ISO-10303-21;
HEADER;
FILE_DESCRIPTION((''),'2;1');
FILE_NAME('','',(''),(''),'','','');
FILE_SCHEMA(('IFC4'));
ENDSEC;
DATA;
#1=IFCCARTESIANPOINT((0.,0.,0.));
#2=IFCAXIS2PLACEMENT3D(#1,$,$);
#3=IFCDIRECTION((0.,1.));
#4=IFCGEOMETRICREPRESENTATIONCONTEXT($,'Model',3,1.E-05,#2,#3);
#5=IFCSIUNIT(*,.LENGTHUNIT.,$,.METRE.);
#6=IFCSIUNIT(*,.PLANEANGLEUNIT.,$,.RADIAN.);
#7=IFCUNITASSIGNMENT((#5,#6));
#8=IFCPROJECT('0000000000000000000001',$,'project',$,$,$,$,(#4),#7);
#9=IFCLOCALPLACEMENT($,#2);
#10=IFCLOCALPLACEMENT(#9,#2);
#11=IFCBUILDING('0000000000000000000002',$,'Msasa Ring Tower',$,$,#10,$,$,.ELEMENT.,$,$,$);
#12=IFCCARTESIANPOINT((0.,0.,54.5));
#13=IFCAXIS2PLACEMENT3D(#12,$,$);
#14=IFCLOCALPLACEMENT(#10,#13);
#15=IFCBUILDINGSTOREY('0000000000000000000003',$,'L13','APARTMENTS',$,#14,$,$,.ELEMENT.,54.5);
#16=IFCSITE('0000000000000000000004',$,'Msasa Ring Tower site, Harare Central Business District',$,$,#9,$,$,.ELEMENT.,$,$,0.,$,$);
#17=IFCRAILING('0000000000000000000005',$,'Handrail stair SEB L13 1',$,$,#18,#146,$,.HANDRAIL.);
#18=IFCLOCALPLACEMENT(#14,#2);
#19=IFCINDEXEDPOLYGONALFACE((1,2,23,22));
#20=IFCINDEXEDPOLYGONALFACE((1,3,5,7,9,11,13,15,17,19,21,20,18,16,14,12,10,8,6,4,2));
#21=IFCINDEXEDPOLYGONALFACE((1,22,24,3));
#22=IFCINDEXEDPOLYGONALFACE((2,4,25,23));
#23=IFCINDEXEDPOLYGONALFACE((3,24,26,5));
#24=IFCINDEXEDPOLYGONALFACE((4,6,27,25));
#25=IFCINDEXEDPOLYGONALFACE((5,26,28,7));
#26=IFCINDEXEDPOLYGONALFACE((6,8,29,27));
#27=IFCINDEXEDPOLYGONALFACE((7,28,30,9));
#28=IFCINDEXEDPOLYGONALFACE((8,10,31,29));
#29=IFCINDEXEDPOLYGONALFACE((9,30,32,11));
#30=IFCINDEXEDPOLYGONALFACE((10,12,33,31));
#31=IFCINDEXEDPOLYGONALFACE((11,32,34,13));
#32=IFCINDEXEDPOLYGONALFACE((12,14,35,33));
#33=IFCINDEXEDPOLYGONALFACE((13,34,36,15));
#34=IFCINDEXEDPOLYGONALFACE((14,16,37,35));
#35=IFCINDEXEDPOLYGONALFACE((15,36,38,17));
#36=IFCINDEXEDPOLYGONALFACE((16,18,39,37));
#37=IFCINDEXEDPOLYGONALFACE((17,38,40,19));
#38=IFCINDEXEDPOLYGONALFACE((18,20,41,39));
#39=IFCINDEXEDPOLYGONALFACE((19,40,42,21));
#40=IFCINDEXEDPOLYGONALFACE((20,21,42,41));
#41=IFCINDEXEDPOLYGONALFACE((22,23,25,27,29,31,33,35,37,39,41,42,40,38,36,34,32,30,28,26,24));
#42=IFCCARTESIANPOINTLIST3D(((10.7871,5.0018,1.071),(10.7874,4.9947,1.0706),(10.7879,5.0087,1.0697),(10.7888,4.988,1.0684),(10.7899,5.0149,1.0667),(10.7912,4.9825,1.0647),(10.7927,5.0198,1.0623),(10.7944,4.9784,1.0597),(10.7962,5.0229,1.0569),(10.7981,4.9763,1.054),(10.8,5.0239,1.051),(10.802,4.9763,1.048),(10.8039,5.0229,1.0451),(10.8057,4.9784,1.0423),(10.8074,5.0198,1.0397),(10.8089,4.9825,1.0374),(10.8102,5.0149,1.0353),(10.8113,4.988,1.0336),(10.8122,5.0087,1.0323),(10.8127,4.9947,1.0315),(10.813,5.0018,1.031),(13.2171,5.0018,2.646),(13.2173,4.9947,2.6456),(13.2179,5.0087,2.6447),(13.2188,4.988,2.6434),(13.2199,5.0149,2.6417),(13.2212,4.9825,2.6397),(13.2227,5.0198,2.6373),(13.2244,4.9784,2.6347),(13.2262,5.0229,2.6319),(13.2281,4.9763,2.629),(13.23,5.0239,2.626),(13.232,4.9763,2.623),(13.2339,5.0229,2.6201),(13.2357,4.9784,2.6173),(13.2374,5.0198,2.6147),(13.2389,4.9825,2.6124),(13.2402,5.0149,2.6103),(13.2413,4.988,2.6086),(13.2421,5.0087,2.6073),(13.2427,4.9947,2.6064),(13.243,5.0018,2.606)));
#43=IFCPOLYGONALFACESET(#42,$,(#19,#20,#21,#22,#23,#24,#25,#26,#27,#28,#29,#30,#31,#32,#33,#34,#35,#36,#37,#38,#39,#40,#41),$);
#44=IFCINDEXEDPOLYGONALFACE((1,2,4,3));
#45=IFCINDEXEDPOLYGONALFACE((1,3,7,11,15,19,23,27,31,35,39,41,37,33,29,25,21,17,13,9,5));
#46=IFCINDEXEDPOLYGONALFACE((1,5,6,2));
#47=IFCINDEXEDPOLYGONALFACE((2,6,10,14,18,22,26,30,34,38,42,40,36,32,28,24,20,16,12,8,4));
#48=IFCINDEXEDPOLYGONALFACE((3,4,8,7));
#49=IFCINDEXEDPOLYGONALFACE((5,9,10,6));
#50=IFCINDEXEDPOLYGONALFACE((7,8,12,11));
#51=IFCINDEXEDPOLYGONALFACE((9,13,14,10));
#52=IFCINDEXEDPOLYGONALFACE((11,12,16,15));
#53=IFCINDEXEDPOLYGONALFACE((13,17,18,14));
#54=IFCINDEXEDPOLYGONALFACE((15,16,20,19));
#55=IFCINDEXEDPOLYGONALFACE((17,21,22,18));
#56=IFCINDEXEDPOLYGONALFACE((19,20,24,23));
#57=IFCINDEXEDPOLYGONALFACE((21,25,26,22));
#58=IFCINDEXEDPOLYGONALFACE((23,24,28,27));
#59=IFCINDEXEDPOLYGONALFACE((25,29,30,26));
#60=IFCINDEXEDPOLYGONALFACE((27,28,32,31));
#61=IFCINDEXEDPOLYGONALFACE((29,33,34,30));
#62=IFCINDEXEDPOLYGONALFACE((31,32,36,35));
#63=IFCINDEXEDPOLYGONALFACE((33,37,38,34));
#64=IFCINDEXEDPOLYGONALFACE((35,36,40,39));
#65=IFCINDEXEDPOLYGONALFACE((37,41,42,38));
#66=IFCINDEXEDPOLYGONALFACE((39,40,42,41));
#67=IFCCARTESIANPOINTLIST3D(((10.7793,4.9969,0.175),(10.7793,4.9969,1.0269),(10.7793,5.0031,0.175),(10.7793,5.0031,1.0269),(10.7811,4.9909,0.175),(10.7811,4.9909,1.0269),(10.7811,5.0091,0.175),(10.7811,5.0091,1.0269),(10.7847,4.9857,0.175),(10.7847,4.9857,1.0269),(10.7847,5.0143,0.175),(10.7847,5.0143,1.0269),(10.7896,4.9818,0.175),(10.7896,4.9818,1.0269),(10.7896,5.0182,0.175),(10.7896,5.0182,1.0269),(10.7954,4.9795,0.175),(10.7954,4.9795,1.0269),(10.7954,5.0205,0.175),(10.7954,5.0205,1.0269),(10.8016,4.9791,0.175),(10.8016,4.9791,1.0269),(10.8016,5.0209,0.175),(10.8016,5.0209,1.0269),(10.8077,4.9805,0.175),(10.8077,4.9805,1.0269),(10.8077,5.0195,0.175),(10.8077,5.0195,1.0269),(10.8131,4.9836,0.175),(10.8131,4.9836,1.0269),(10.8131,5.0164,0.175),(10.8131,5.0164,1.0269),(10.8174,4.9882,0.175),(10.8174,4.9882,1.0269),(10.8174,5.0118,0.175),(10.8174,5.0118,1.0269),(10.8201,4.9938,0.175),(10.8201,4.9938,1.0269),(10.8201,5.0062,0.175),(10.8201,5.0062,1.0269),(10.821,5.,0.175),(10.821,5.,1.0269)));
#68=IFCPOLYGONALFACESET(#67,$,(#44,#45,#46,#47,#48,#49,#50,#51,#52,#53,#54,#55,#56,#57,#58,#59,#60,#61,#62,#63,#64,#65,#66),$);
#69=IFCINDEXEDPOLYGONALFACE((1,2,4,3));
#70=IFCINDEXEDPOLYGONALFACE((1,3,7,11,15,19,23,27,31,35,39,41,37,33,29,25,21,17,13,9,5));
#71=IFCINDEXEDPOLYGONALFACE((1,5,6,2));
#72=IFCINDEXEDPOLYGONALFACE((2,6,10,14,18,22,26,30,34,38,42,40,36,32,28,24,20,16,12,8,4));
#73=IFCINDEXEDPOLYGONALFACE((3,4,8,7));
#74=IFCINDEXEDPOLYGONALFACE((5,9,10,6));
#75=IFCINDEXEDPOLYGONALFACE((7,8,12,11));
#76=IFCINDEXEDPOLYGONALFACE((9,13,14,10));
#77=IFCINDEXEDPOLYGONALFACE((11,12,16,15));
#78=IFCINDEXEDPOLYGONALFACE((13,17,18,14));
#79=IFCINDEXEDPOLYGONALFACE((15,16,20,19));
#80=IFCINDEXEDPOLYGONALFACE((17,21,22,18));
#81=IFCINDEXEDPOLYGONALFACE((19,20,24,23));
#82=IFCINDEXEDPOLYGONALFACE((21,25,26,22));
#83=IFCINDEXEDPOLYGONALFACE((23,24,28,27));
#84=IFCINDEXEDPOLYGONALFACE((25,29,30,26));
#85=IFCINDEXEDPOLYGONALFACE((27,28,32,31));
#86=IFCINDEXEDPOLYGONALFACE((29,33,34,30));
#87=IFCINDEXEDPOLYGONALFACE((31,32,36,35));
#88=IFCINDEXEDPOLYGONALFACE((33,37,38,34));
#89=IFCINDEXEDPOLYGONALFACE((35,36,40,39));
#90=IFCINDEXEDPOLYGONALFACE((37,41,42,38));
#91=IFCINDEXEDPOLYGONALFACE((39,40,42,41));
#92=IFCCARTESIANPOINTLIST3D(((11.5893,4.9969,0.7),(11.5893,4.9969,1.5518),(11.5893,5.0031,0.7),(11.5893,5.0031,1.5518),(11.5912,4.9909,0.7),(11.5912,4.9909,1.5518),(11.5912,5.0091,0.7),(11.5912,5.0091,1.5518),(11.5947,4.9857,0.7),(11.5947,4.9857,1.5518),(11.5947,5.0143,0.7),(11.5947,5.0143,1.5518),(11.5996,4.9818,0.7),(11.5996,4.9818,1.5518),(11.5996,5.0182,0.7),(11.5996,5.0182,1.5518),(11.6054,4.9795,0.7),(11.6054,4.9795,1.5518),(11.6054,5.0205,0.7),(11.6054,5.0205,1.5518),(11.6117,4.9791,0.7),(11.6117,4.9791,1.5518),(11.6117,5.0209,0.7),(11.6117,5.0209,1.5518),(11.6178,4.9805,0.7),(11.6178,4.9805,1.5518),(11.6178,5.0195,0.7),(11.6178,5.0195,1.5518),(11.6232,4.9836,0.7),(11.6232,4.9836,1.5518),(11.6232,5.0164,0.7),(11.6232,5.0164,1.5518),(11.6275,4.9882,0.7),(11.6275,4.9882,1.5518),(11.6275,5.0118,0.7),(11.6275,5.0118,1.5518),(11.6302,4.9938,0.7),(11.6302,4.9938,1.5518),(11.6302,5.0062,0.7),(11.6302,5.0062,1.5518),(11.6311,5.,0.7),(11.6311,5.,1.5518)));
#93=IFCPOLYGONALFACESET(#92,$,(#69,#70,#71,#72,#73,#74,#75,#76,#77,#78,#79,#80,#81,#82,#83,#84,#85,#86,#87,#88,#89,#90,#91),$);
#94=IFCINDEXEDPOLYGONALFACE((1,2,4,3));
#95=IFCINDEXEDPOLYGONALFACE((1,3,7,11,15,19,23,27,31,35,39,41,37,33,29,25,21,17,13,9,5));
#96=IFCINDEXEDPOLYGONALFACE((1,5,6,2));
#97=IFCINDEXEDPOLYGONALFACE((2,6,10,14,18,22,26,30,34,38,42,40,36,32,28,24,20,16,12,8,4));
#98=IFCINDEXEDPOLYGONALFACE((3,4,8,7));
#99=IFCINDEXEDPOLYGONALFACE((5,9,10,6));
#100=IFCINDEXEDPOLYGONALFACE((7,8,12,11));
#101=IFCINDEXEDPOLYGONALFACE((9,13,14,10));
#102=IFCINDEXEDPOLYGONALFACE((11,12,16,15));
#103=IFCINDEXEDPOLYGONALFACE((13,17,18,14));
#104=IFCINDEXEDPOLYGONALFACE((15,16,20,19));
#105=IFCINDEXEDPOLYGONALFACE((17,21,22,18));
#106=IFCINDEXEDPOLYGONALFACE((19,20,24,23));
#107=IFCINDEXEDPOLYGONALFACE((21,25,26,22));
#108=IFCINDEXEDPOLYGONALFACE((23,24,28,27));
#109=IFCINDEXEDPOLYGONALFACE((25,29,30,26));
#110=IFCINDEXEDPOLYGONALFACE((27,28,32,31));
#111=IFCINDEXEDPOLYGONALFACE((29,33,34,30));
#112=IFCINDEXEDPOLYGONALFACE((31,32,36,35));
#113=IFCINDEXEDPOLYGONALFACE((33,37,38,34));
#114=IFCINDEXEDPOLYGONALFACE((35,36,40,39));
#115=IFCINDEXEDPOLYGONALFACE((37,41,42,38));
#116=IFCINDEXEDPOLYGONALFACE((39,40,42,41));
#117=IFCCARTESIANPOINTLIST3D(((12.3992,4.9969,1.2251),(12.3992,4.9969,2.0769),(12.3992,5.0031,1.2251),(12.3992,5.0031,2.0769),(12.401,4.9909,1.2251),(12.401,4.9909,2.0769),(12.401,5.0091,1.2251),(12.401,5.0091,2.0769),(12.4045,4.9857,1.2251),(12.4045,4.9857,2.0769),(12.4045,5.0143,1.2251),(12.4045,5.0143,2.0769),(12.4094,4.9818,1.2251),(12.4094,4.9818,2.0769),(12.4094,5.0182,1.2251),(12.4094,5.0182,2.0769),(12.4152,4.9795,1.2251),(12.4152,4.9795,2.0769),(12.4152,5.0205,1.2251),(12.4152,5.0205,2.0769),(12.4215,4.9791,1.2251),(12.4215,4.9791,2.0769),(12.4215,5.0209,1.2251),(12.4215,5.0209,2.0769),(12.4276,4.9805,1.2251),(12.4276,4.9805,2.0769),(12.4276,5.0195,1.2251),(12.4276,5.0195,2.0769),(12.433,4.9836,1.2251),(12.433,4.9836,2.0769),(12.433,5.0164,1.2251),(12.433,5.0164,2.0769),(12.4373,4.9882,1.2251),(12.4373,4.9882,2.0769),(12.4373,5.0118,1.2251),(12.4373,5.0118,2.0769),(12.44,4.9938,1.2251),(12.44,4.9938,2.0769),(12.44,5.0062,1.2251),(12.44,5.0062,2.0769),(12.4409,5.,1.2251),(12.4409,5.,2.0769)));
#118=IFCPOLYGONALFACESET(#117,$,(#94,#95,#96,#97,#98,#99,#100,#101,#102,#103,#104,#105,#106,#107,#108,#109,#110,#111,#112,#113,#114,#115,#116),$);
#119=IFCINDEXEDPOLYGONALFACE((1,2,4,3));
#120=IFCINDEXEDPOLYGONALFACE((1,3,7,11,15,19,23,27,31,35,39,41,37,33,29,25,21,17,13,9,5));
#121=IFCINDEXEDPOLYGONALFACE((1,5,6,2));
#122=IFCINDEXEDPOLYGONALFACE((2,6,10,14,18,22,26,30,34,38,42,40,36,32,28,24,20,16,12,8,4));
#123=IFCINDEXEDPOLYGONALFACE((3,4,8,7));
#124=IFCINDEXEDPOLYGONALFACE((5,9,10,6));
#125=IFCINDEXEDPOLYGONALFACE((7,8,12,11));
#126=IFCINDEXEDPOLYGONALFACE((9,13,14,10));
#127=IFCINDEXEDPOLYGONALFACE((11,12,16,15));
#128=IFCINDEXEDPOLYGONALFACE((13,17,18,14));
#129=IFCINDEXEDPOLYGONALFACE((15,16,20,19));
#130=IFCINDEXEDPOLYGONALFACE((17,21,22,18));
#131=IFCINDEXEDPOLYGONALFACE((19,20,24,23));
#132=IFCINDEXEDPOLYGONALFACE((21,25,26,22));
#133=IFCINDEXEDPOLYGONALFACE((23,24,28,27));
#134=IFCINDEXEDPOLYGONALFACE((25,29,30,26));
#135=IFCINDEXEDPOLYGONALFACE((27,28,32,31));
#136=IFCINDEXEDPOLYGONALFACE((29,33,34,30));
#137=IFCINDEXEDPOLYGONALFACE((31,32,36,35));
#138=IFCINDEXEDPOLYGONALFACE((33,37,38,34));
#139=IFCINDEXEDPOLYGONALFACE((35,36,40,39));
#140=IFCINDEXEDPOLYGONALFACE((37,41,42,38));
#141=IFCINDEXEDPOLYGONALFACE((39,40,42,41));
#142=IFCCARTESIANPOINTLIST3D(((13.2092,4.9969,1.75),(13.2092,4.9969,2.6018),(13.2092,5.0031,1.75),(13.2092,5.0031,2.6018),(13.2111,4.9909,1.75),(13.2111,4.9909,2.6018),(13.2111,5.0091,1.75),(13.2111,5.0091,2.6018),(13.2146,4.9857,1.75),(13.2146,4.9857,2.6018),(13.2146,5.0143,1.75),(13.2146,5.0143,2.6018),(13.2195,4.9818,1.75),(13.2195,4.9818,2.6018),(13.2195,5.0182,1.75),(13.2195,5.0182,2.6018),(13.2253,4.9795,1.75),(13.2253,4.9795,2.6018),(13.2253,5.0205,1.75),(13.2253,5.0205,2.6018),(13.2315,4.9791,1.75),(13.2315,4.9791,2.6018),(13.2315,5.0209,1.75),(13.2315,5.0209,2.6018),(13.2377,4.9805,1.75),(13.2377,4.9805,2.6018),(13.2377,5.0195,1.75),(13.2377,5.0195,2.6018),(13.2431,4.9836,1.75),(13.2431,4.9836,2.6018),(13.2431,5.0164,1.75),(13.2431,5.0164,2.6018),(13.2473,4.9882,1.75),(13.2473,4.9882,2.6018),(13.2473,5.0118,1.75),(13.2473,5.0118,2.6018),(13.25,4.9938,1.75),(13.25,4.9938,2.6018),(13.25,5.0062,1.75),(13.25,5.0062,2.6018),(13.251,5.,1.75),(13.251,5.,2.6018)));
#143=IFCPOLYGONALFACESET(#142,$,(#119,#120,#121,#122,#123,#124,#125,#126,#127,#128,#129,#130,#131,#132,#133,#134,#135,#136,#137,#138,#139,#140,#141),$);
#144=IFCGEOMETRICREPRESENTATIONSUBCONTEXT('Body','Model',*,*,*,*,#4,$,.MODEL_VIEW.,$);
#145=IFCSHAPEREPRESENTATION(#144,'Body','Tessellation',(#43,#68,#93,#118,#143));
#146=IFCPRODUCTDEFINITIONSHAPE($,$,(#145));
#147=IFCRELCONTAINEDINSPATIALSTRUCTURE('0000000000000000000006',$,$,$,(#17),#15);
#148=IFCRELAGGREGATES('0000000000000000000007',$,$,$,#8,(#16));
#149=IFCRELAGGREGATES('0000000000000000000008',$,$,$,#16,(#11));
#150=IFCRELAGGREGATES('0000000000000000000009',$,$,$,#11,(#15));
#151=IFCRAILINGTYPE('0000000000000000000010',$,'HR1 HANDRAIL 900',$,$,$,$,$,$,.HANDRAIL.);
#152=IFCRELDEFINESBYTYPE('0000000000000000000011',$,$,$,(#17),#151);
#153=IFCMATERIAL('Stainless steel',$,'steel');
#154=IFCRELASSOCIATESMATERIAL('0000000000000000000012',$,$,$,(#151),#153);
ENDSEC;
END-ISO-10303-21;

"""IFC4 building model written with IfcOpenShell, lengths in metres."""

from ifc_helpers import new_model, si_unit, direction, frame, origin, origin_2d, place, context, subcontext, project, spatial, circle, extrude, material, type_object, element, save


model = new_model("IFC4")

# Units and contexts
model_context = context("Model", 3, precision=1e-05, world=origin(), true_north=direction((0.0, 1.0)))
body_context = subcontext(model_context, "Body", "Model", "MODEL_VIEW")
ifc_project = project(units=[si_unit("LENGTHUNIT", "METRE"), si_unit("PLANEANGLEUNIT", "RADIAN")], contexts=[model_context])

# Site, building, storey
site_placement = place(None, origin())
site = spatial("IfcSite", under=ifc_project, at=site_placement, Name="Msasa Ring Tower site, Harare Central Business District", CompositionType="ELEMENT", RefElevation=0.0)
building_placement = place(site_placement, origin())
building = spatial("IfcBuilding", under=site, at=building_placement, Name="Msasa Ring Tower", CompositionType="ELEMENT")
storey_placement = place(building_placement, frame((0.0, 0.0, 54.5)))
storey = spatial("IfcBuildingStorey", under=building, at=storey_placement, Name="L13", Description="APARTMENTS", CompositionType="ELEMENT", Elevation=54.5)

# Railing
ifc_material_1 = material(Name="Stainless steel", Category="steel")
railing_type = type_object("IfcRailingType", Name="HR1 HANDRAIL 900", PredefinedType="HANDRAIL", material=ifc_material_1)
for number, where, name in (
    (1, (10.8, 5.0, 0.175), "Handrail stair SEB L13 1"),
):
    element("IfcRailing", number, at=place(storey_placement, frame(where)), inside=storey, type_object=railing_type, Name=name, PredefinedType="HANDRAIL", context=body_context, shape_type="SweptSolid", body=[
        extrude(circle(Radius=0.0239, at=origin_2d()), frame((0.0, 0.0, 0.876), z_axis=(0.839154, 0.0, 0.543894), x_axis=(0.0, 1.0, 0.0)), (0.0, 0.0, 1.0), 2.8958),
        extrude(circle(Radius=0.021, at=origin_2d()), origin(), (0.0, 0.0, 1.0), 0.8518),
        extrude(circle(Radius=0.021, at=origin_2d()), frame((0.8101, 0.0, 0.5249)), (0.0, 0.0, 1.0), 0.8518),
        extrude(circle(Radius=0.021, at=origin_2d()), frame((1.6199, 0.0, 1.05)), (0.0, 0.0, 1.0), 0.8518),
        extrude(circle(Radius=0.021, at=origin_2d()), frame((2.4299, 0.0, 1.575)), (0.0, 0.0, 1.0), 0.8518),
    ])

save(model, "model.ifc")
